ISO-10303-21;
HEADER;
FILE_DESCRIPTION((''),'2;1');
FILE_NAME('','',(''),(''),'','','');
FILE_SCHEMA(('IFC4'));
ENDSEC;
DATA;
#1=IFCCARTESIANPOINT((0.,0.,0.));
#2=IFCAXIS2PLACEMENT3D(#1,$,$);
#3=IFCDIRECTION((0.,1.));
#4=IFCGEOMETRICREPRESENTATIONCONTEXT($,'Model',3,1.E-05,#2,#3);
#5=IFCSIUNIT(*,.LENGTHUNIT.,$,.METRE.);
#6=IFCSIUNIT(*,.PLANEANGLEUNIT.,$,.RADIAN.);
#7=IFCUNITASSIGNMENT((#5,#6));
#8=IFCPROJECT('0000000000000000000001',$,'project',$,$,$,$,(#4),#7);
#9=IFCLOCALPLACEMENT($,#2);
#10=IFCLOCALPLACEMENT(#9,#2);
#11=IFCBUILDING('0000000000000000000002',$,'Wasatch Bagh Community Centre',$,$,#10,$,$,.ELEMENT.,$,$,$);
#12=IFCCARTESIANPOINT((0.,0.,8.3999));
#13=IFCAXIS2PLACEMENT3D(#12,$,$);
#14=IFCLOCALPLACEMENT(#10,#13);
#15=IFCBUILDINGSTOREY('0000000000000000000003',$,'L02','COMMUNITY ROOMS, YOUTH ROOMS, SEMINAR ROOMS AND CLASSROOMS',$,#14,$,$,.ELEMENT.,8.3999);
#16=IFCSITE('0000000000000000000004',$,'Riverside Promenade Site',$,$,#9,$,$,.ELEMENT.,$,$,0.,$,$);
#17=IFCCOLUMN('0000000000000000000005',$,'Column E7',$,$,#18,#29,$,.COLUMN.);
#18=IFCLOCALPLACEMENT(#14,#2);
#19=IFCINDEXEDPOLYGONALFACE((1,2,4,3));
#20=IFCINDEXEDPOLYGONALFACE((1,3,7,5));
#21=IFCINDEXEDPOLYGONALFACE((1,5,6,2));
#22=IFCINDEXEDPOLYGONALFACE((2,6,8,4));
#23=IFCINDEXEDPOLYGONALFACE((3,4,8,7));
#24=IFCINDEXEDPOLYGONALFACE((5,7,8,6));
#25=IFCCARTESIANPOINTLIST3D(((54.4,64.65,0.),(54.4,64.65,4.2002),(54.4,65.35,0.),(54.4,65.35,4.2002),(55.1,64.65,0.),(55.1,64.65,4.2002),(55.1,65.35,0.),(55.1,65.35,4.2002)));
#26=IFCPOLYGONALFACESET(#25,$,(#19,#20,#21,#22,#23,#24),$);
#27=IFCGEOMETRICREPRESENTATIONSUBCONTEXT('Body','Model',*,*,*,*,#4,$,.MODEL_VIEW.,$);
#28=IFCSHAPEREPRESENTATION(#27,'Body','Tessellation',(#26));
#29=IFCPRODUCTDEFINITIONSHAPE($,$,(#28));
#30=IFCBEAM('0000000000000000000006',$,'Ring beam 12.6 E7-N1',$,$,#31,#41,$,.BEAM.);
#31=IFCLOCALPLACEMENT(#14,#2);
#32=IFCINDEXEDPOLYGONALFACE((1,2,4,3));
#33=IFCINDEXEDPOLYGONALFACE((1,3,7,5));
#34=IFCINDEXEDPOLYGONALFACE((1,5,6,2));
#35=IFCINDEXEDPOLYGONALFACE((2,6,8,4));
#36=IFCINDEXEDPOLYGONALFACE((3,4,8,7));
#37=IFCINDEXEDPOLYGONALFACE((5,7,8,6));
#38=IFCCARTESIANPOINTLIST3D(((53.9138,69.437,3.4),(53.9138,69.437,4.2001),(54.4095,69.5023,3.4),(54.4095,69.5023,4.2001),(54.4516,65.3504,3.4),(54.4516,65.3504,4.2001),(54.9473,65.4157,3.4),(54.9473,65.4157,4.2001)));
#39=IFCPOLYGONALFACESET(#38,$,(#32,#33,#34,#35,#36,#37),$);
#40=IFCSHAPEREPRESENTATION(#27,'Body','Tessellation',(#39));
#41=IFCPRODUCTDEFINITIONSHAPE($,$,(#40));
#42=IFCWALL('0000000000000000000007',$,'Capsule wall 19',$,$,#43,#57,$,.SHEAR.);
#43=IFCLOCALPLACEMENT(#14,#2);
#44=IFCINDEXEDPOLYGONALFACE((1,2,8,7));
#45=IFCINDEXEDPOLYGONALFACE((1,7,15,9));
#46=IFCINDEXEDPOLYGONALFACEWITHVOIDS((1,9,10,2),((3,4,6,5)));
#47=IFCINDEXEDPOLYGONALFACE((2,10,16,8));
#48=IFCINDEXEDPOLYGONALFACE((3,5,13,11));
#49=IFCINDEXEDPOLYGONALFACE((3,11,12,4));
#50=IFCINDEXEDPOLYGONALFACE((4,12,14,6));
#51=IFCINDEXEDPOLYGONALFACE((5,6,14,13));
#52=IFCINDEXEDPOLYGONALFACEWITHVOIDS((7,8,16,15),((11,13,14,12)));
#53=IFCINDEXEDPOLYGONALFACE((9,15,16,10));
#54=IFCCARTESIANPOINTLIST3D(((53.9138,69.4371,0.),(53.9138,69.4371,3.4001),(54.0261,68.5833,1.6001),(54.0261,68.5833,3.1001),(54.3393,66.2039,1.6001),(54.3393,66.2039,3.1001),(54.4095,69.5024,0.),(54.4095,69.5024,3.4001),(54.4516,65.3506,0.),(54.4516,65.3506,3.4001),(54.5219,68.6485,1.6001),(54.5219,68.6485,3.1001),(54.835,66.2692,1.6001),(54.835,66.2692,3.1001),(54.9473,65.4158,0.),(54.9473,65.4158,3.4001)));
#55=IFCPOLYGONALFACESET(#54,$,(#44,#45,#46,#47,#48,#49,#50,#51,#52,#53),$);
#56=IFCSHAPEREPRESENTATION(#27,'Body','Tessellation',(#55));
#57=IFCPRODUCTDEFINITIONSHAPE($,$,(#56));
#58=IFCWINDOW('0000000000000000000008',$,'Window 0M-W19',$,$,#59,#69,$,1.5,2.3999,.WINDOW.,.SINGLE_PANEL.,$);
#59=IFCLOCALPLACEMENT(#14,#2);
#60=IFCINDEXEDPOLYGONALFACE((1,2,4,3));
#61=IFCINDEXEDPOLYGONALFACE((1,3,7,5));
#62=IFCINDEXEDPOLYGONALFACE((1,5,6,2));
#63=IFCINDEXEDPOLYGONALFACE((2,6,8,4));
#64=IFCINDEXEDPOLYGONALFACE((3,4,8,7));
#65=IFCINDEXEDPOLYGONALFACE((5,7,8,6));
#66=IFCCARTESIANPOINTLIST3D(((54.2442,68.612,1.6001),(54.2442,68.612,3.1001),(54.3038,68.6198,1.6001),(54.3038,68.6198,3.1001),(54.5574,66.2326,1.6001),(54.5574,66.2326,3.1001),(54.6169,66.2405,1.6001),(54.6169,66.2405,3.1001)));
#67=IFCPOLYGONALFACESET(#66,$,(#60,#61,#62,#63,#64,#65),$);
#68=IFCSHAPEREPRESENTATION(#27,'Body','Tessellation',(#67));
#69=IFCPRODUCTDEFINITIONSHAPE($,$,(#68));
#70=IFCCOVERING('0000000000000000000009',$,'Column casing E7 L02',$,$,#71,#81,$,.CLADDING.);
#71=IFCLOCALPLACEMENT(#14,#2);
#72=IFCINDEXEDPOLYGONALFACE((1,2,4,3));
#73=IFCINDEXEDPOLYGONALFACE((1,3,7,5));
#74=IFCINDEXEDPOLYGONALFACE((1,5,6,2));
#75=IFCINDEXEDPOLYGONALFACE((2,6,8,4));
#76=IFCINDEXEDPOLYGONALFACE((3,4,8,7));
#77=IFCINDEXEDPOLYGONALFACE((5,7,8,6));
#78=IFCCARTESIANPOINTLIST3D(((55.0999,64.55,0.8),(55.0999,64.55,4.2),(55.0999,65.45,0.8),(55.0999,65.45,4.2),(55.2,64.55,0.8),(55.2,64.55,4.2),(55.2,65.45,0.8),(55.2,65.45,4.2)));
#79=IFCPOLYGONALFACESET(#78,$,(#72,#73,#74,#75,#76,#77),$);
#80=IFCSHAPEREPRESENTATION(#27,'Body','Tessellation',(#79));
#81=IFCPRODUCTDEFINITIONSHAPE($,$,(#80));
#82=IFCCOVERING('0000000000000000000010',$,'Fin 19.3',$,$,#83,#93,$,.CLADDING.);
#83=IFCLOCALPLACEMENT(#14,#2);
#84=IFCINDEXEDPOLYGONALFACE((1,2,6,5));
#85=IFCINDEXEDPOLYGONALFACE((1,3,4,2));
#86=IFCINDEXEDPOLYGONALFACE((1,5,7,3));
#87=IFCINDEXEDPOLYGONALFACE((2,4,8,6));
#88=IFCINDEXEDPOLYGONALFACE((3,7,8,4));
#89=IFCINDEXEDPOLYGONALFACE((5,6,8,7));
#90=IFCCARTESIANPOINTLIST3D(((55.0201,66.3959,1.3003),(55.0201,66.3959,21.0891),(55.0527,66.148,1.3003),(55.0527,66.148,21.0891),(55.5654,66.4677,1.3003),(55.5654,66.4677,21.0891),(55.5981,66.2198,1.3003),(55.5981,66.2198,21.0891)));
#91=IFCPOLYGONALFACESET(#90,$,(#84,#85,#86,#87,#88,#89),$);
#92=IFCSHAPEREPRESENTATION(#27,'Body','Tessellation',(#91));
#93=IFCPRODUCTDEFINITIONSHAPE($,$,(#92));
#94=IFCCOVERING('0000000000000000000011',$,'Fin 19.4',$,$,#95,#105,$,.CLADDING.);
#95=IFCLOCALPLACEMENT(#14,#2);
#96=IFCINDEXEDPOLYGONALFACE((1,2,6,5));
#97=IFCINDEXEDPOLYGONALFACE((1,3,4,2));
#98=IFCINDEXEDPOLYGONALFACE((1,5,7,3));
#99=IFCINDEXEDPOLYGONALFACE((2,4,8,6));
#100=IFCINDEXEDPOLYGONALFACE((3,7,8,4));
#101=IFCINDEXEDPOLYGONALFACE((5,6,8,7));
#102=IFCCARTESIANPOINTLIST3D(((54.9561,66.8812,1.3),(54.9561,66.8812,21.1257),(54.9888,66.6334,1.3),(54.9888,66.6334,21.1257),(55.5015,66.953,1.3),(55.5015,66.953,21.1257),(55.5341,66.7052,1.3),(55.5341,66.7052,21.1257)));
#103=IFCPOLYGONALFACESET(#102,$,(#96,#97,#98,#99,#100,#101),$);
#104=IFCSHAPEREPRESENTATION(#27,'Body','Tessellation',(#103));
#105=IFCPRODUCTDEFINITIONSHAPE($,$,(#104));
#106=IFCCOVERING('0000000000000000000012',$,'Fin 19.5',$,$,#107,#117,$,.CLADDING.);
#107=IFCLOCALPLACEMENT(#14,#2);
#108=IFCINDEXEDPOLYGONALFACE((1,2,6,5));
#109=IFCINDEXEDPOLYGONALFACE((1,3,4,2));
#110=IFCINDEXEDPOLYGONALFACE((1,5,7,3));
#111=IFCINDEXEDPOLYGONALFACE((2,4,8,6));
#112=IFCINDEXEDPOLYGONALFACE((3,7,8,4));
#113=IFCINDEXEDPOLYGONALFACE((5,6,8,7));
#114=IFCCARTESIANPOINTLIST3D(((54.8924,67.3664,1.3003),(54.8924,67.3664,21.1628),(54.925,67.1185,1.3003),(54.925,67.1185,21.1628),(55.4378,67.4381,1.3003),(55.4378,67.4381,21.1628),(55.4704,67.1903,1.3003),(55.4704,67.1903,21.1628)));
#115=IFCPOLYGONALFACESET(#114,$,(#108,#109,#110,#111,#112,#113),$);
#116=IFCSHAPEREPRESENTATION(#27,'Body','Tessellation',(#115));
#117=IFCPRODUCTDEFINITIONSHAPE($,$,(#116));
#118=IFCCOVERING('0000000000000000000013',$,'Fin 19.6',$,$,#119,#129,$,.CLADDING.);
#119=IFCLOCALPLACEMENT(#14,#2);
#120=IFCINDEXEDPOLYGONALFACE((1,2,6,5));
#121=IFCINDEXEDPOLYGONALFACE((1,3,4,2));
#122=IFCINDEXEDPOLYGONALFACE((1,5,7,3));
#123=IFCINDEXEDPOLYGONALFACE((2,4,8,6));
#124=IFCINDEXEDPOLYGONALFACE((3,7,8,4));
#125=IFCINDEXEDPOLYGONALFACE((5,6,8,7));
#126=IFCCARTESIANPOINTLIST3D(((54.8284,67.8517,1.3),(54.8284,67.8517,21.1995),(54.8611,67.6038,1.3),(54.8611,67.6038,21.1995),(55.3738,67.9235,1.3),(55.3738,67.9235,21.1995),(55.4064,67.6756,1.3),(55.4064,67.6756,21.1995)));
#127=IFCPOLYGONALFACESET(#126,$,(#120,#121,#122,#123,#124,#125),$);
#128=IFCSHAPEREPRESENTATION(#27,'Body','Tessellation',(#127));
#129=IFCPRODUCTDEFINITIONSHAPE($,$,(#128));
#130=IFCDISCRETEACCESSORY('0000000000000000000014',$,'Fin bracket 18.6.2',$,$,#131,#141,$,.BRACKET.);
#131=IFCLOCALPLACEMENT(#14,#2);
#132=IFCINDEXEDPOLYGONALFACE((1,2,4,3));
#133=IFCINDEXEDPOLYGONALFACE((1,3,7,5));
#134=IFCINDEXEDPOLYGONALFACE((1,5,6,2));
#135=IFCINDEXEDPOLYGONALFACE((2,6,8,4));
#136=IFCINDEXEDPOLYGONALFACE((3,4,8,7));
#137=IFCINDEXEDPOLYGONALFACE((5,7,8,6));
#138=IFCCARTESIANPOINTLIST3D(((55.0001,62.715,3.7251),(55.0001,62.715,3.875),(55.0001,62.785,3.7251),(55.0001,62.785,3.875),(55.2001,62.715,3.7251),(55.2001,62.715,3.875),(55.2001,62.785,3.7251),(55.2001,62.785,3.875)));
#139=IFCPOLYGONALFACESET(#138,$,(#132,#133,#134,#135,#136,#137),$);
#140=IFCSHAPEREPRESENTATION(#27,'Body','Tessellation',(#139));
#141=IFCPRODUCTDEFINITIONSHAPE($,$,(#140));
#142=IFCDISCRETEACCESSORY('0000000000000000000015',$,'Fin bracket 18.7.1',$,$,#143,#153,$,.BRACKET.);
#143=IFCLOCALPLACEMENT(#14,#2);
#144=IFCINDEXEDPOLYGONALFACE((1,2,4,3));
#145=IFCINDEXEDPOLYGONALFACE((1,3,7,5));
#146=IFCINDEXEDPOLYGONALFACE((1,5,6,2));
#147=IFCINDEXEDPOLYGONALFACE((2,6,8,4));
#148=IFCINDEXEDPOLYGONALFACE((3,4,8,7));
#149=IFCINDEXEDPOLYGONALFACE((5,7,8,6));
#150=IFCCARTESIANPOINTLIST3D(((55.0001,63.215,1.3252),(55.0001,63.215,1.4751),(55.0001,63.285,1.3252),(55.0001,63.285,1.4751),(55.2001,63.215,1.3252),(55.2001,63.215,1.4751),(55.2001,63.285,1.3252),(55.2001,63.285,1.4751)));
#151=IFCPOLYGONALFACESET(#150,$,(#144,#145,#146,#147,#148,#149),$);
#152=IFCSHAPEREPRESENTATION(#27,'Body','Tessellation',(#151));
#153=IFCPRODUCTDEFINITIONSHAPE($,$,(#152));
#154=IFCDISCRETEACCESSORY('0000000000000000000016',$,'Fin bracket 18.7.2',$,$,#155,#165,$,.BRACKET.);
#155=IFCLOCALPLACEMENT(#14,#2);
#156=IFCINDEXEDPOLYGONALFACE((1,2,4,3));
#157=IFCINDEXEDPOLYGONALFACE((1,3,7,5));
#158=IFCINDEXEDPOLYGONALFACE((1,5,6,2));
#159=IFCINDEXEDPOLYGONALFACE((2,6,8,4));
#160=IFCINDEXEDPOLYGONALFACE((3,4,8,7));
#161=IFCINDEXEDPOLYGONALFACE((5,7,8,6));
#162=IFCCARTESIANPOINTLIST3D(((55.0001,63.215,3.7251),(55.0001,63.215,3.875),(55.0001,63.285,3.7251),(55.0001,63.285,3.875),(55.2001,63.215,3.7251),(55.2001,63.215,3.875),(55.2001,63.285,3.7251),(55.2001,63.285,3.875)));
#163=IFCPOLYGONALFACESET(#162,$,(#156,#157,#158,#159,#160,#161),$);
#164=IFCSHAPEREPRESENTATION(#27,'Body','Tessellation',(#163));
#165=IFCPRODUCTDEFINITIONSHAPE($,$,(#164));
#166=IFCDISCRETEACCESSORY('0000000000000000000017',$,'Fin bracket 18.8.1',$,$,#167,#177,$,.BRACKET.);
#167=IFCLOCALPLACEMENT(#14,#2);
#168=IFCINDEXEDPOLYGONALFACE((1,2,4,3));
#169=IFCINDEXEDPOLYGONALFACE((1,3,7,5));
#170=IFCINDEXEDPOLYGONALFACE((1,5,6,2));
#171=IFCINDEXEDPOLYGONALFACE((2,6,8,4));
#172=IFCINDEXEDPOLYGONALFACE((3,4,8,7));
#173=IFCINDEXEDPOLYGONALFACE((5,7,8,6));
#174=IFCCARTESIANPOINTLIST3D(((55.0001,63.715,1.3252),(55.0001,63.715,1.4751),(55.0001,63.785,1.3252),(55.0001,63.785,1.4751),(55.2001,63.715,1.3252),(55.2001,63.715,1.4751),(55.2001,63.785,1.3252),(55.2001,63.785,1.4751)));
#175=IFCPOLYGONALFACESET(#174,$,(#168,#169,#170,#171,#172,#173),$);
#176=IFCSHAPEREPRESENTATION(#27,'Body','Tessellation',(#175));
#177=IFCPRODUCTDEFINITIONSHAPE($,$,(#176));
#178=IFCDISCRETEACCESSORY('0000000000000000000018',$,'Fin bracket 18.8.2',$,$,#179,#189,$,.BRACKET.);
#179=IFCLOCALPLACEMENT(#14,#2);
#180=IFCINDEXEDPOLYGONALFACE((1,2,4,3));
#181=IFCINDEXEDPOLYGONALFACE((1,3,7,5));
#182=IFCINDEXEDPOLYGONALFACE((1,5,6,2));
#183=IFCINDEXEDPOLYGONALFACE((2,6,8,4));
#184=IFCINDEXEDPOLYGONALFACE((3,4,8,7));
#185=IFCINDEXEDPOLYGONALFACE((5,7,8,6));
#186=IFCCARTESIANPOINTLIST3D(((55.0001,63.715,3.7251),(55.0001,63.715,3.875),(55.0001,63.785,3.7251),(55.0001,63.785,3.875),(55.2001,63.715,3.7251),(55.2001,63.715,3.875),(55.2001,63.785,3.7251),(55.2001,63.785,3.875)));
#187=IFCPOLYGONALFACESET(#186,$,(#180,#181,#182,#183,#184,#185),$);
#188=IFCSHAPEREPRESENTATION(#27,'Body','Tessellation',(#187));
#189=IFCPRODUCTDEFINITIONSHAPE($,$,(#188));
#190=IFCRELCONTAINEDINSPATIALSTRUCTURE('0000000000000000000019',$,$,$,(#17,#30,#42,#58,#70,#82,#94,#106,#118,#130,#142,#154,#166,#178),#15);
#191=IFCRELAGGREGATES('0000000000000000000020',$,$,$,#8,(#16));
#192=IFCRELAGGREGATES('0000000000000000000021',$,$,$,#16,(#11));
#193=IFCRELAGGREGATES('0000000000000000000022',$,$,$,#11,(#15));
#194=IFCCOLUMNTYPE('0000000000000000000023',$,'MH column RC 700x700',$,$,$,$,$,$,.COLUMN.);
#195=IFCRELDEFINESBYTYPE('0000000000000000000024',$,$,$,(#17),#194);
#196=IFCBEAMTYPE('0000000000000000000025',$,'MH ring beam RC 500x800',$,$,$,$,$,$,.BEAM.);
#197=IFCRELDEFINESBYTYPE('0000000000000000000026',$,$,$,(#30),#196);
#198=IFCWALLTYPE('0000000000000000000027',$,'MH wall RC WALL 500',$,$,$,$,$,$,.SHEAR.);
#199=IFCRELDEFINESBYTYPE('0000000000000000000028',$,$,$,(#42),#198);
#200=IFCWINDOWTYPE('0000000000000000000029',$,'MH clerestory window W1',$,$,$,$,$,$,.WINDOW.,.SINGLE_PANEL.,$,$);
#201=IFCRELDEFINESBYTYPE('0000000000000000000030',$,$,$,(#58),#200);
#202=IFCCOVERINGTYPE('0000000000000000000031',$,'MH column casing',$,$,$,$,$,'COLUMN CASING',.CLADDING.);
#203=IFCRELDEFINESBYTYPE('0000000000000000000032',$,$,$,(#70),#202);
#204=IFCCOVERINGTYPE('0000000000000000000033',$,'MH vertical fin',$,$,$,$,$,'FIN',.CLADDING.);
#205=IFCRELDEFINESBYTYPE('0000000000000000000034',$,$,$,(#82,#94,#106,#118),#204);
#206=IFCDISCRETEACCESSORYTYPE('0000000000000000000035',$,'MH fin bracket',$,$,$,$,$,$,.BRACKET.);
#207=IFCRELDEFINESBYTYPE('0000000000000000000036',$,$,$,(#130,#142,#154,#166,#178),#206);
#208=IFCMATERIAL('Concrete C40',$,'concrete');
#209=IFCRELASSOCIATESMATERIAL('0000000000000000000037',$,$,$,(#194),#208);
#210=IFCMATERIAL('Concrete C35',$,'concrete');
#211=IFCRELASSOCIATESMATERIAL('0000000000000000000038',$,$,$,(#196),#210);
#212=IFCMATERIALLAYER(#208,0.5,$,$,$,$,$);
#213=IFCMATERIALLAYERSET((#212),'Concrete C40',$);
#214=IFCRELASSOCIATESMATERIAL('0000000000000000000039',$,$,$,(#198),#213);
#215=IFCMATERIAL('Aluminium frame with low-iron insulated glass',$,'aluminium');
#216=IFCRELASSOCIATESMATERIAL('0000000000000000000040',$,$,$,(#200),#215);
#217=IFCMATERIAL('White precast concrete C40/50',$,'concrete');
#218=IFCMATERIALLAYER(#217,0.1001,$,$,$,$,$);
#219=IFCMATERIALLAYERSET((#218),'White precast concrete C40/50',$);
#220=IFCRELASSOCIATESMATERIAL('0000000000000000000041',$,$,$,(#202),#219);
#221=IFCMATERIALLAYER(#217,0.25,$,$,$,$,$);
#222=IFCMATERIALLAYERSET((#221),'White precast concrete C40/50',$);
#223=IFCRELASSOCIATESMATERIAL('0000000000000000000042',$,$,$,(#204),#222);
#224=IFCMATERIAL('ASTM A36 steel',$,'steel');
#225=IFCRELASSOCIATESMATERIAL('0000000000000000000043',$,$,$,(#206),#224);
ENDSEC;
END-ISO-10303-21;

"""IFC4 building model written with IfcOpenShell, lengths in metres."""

from ifc_helpers import new_model, si_unit, direction, frame, frame_2d, origin, origin_2d, place, context, subcontext, project, spatial, rectangle, extrude, material, layer, layer_set, material_profile, profile_set, type_object, element, fill, save


model = new_model("IFC4")

# Units and contexts
model_context = context("Model", 3, precision=1e-05, world=origin(), true_north=direction((0.0, 1.0)))
body_context = subcontext(model_context, "Body", "Model", "MODEL_VIEW")
ifc_project = project(units=[si_unit("LENGTHUNIT", "METRE"), si_unit("PLANEANGLEUNIT", "RADIAN")], contexts=[model_context])

# Site, building, storey
site_placement = place(None, origin())
site = spatial("IfcSite", under=ifc_project, at=site_placement, Name="Riverside Promenade Site", CompositionType="ELEMENT", RefElevation=0.0)
building_placement = place(site_placement, origin())
building = spatial("IfcBuilding", under=site, at=building_placement, Name="Wasatch Bagh Community Centre", CompositionType="ELEMENT")
storey_placement = place(building_placement, frame((0.0, 0.0, 8.3999)))
storey = spatial("IfcBuildingStorey", under=building, at=storey_placement, Name="L02", Description="COMMUNITY ROOMS, YOUTH ROOMS, SEMINAR ROOMS AND CLASSROOMS", CompositionType="ELEMENT", Elevation=8.3999)

# Column
ifc_material_1 = material(Name="Concrete C40", Category="concrete")
ifc_material_profile_1 = material_profile(ifc_material_1, rectangle(XDim=0.7, YDim=0.7, at=origin_2d()), Name="RC 700x700")
ifc_profile_set_1 = profile_set([ifc_material_profile_1], Name="Concrete C40")
column_type = type_object("IfcColumnType", Name="MH column RC 700x700", PredefinedType="COLUMN", material=ifc_profile_set_1)
column_placement = place(storey_placement, frame((54.75, 65.0, 0.0), z_axis=(0.0, 0.0, 1.0), x_axis=(1.0, 0.0, 0.0)))
element("IfcColumn", 1, at=column_placement, inside=storey, type_object=column_type, Name="Column E7", PredefinedType="COLUMN", context=body_context, shape_type="SweptSolid", body=[
    extrude(rectangle(XDim=0.7, YDim=0.7, at=origin_2d()), origin(), (0.0, 0.0, 1.0), 4.2002),
])

# Beam
ifc_material_2 = material(Name="Concrete C35", Category="concrete")
ifc_material_profile_2 = material_profile(ifc_material_2, rectangle(XDim=0.5, YDim=0.8, at=origin_2d()), Name="RC 500x800")
ifc_profile_set_2 = profile_set([ifc_material_profile_2], Name="Concrete C35")
beam_type = type_object("IfcBeamType", Name="MH ring beam RC 500x800", PredefinedType="BEAM", material=ifc_profile_set_2)
beam_placement = place(storey_placement, frame((54.6995, 65.3831, 3.8), z_axis=(-0.130484, 0.99145, 0.0), x_axis=(-0.99145, -0.130484, 0.0)))
element("IfcBeam", 2, at=beam_placement, inside=storey, type_object=beam_type, Name="Ring beam 12.6 E7-N1", PredefinedType="BEAM", context=body_context, shape_type="SweptSolid", body=[
    extrude(rectangle(XDim=0.5, YDim=0.8, at=origin_2d()), origin(), (0.0, 0.0, 1.0), 4.1218),
])

# Wall, opening, window
ifc_layer_1 = layer(ifc_material_1, 0.5)
ifc_layer_set_1 = layer_set([ifc_layer_1], Name="Concrete C40")
wall_type = type_object("IfcWallType", Name="MH wall RC WALL 500", PredefinedType="SHEAR", material=ifc_layer_set_1)
wall_placement = place(storey_placement, frame((54.6995, 65.3831, 0.0), z_axis=(0.0, 0.0, 1.0), x_axis=(-0.130484, 0.99145, 0.0)))
wall = element("IfcWall", 3, at=wall_placement, inside=storey, type_object=wall_type, Name="Capsule wall 19", PredefinedType="SHEAR", context=body_context, shape_type="SweptSolid", body=[
    extrude(rectangle(XDim=4.1218, YDim=0.5, at=frame_2d((2.061, 0.0))), origin(), (0.0, 0.0, 1.0), 3.4001),
])
opening_placement = place(wall_placement, frame((0.8608, 0.0, 1.6001)))
opening = element("IfcOpeningElement", 4, at=opening_placement, cuts=wall, PredefinedType="OPENING", context=body_context, shape_type="SweptSolid", body=[
    extrude(rectangle(XDim=2.3999, YDim=1.5, at=frame_2d((1.2, 0.75))), frame((0.0, 0.26, 0.0), z_axis=(0.0, -1.0, 0.0), x_axis=(1.0, 0.0, 0.0)), (0.0, 0.0, 1.0), 0.52),
])
ifc_material_3 = material(Name="Aluminium frame with low-iron insulated glass", Category="aluminium")
window_type = type_object("IfcWindowType", Name="MH clerestory window W1", PartitioningType="SINGLE_PANEL", PredefinedType="WINDOW", material=ifc_material_3)
window_placement = place(opening_placement, origin())
window = element("IfcWindow", 5, at=window_placement, inside=storey, type_object=window_type, Name="Window 0M-W19", OverallHeight=1.5, OverallWidth=2.3999, PartitioningType="SINGLE_PANEL", PredefinedType="WINDOW", context=body_context, shape_type="SweptSolid", body=[
    extrude(rectangle(XDim=2.3999, YDim=1.5, at=frame_2d((1.2, 0.75))), frame((0.0, 0.03, 0.0), z_axis=(0.0, -1.0, 0.0), x_axis=(1.0, 0.0, 0.0)), (0.0, 0.0, 1.0), 0.0601),
])
fill(opening, window)

# Coverings
ifc_material_4 = material(Name="White precast concrete C40/50", Category="concrete")
ifc_layer_2 = layer(ifc_material_4, 0.1001)
ifc_layer_set_2 = layer_set([ifc_layer_2], Name="White precast concrete C40/50")
covering_type_1 = type_object("IfcCoveringType", Name="MH column casing", ElementType="COLUMN CASING", PredefinedType="CLADDING", material=ifc_layer_set_2)
covering_1_placement = place(storey_placement, frame((55.1499, 65.0, 0.8), z_axis=(0.0, 0.0, 1.0), x_axis=(0.0, 1.0, 0.0)))
element("IfcCovering", 6, at=covering_1_placement, inside=storey, type_object=covering_type_1, Name="Column casing E7 L02", PredefinedType="CLADDING", context=body_context, shape_type="SweptSolid", body=[
    extrude(rectangle(XDim=0.8999, YDim=0.1001, at=origin_2d()), origin(), (0.0, 0.0, 1.0), 3.3999),
])
ifc_layer_3 = layer(ifc_material_4, 0.25)
ifc_layer_set_3 = layer_set([ifc_layer_3], Name="White precast concrete C40/50")
covering_type_2 = type_object("IfcCoveringType", Name="MH vertical fin", ElementType="FIN", PredefinedType="CLADDING", material=ifc_layer_set_3)
covering_2_placement = place(storey_placement, frame((55.3091, 66.3079, 1.3003), z_axis=(0.0, 0.0, 1.0), x_axis=(-0.130526, 0.991445, 0.0)))
element("IfcCovering", 7, at=covering_2_placement, inside=storey, type_object=covering_type_2, Name="Fin 19.3", PredefinedType="CLADDING", context=body_context, shape_type="SweptSolid", body=[
    extrude(rectangle(XDim=0.25, YDim=0.55, at=origin_2d()), origin(), (0.0, 0.0, 1.0), 19.7888),
])
covering_3_placement = place(storey_placement, frame((55.2451, 66.7932, 1.3), z_axis=(0.0, 0.0, 1.0), x_axis=(-0.130526, 0.991445, 0.0)))
element("IfcCovering", 8, at=covering_3_placement, inside=storey, type_object=covering_type_2, Name="Fin 19.4", PredefinedType="CLADDING", context=body_context, shape_type="SweptSolid", body=[
    extrude(rectangle(XDim=0.25, YDim=0.55, at=origin_2d()), origin(), (0.0, 0.0, 1.0), 19.8257),
])
covering_4_placement = place(storey_placement, frame((55.1814, 67.2783, 1.3003), z_axis=(0.0, 0.0, 1.0), x_axis=(-0.130526, 0.991445, 0.0)))
element("IfcCovering", 9, at=covering_4_placement, inside=storey, type_object=covering_type_2, Name="Fin 19.5", PredefinedType="CLADDING", context=body_context, shape_type="SweptSolid", body=[
    extrude(rectangle(XDim=0.25, YDim=0.55, at=origin_2d()), origin(), (0.0, 0.0, 1.0), 19.8625),
])
covering_5_placement = place(storey_placement, frame((55.1174, 67.7637, 1.3), z_axis=(0.0, 0.0, 1.0), x_axis=(-0.130526, 0.991445, 0.0)))
element("IfcCovering", 10, at=covering_5_placement, inside=storey, type_object=covering_type_2, Name="Fin 19.6", PredefinedType="CLADDING", context=body_context, shape_type="SweptSolid", body=[
    extrude(rectangle(XDim=0.25, YDim=0.55, at=origin_2d()), origin(), (0.0, 0.0, 1.0), 19.8994),
])

# Discrete accessories
ifc_material_5 = material(Name="ASTM A36 steel", Category="steel")
discrete_accessory_type = type_object("IfcDiscreteAccessoryType", Name="MH fin bracket", PredefinedType="BRACKET", material=ifc_material_5)
for number, where, z_axis, x_axis, name in (
    (11, (55.1001, 62.75, 3.7251), (0.0, 0.0, 1.0), (0.0, 1.0, 0.0), "Fin bracket 18.6.2"),
    (12, (55.1001, 63.25, 1.3252), (0.0, 0.0, 1.0), (0.0, 1.0, 0.0), "Fin bracket 18.7.1"),
    (13, (55.1001, 63.25, 3.7251), (0.0, 0.0, 1.0), (0.0, 1.0, 0.0), "Fin bracket 18.7.2"),
    (14, (55.1001, 63.75, 1.3252), (0.0, 0.0, 1.0), (0.0, 1.0, 0.0), "Fin bracket 18.8.1"),
    (15, (55.1001, 63.75, 3.7251), (0.0, 0.0, 1.0), (0.0, 1.0, 0.0), "Fin bracket 18.8.2"),
):
    element("IfcDiscreteAccessory", number, at=place(storey_placement, frame(where, z_axis=z_axis, x_axis=x_axis)), inside=storey, type_object=discrete_accessory_type, Name=name, PredefinedType="BRACKET", context=body_context, shape_type="SweptSolid", body=[
        extrude(rectangle(XDim=0.0701, YDim=0.2, at=origin_2d()), origin(), (0.0, 0.0, 1.0), 0.1499),
    ])

save(model, "model.ifc")
